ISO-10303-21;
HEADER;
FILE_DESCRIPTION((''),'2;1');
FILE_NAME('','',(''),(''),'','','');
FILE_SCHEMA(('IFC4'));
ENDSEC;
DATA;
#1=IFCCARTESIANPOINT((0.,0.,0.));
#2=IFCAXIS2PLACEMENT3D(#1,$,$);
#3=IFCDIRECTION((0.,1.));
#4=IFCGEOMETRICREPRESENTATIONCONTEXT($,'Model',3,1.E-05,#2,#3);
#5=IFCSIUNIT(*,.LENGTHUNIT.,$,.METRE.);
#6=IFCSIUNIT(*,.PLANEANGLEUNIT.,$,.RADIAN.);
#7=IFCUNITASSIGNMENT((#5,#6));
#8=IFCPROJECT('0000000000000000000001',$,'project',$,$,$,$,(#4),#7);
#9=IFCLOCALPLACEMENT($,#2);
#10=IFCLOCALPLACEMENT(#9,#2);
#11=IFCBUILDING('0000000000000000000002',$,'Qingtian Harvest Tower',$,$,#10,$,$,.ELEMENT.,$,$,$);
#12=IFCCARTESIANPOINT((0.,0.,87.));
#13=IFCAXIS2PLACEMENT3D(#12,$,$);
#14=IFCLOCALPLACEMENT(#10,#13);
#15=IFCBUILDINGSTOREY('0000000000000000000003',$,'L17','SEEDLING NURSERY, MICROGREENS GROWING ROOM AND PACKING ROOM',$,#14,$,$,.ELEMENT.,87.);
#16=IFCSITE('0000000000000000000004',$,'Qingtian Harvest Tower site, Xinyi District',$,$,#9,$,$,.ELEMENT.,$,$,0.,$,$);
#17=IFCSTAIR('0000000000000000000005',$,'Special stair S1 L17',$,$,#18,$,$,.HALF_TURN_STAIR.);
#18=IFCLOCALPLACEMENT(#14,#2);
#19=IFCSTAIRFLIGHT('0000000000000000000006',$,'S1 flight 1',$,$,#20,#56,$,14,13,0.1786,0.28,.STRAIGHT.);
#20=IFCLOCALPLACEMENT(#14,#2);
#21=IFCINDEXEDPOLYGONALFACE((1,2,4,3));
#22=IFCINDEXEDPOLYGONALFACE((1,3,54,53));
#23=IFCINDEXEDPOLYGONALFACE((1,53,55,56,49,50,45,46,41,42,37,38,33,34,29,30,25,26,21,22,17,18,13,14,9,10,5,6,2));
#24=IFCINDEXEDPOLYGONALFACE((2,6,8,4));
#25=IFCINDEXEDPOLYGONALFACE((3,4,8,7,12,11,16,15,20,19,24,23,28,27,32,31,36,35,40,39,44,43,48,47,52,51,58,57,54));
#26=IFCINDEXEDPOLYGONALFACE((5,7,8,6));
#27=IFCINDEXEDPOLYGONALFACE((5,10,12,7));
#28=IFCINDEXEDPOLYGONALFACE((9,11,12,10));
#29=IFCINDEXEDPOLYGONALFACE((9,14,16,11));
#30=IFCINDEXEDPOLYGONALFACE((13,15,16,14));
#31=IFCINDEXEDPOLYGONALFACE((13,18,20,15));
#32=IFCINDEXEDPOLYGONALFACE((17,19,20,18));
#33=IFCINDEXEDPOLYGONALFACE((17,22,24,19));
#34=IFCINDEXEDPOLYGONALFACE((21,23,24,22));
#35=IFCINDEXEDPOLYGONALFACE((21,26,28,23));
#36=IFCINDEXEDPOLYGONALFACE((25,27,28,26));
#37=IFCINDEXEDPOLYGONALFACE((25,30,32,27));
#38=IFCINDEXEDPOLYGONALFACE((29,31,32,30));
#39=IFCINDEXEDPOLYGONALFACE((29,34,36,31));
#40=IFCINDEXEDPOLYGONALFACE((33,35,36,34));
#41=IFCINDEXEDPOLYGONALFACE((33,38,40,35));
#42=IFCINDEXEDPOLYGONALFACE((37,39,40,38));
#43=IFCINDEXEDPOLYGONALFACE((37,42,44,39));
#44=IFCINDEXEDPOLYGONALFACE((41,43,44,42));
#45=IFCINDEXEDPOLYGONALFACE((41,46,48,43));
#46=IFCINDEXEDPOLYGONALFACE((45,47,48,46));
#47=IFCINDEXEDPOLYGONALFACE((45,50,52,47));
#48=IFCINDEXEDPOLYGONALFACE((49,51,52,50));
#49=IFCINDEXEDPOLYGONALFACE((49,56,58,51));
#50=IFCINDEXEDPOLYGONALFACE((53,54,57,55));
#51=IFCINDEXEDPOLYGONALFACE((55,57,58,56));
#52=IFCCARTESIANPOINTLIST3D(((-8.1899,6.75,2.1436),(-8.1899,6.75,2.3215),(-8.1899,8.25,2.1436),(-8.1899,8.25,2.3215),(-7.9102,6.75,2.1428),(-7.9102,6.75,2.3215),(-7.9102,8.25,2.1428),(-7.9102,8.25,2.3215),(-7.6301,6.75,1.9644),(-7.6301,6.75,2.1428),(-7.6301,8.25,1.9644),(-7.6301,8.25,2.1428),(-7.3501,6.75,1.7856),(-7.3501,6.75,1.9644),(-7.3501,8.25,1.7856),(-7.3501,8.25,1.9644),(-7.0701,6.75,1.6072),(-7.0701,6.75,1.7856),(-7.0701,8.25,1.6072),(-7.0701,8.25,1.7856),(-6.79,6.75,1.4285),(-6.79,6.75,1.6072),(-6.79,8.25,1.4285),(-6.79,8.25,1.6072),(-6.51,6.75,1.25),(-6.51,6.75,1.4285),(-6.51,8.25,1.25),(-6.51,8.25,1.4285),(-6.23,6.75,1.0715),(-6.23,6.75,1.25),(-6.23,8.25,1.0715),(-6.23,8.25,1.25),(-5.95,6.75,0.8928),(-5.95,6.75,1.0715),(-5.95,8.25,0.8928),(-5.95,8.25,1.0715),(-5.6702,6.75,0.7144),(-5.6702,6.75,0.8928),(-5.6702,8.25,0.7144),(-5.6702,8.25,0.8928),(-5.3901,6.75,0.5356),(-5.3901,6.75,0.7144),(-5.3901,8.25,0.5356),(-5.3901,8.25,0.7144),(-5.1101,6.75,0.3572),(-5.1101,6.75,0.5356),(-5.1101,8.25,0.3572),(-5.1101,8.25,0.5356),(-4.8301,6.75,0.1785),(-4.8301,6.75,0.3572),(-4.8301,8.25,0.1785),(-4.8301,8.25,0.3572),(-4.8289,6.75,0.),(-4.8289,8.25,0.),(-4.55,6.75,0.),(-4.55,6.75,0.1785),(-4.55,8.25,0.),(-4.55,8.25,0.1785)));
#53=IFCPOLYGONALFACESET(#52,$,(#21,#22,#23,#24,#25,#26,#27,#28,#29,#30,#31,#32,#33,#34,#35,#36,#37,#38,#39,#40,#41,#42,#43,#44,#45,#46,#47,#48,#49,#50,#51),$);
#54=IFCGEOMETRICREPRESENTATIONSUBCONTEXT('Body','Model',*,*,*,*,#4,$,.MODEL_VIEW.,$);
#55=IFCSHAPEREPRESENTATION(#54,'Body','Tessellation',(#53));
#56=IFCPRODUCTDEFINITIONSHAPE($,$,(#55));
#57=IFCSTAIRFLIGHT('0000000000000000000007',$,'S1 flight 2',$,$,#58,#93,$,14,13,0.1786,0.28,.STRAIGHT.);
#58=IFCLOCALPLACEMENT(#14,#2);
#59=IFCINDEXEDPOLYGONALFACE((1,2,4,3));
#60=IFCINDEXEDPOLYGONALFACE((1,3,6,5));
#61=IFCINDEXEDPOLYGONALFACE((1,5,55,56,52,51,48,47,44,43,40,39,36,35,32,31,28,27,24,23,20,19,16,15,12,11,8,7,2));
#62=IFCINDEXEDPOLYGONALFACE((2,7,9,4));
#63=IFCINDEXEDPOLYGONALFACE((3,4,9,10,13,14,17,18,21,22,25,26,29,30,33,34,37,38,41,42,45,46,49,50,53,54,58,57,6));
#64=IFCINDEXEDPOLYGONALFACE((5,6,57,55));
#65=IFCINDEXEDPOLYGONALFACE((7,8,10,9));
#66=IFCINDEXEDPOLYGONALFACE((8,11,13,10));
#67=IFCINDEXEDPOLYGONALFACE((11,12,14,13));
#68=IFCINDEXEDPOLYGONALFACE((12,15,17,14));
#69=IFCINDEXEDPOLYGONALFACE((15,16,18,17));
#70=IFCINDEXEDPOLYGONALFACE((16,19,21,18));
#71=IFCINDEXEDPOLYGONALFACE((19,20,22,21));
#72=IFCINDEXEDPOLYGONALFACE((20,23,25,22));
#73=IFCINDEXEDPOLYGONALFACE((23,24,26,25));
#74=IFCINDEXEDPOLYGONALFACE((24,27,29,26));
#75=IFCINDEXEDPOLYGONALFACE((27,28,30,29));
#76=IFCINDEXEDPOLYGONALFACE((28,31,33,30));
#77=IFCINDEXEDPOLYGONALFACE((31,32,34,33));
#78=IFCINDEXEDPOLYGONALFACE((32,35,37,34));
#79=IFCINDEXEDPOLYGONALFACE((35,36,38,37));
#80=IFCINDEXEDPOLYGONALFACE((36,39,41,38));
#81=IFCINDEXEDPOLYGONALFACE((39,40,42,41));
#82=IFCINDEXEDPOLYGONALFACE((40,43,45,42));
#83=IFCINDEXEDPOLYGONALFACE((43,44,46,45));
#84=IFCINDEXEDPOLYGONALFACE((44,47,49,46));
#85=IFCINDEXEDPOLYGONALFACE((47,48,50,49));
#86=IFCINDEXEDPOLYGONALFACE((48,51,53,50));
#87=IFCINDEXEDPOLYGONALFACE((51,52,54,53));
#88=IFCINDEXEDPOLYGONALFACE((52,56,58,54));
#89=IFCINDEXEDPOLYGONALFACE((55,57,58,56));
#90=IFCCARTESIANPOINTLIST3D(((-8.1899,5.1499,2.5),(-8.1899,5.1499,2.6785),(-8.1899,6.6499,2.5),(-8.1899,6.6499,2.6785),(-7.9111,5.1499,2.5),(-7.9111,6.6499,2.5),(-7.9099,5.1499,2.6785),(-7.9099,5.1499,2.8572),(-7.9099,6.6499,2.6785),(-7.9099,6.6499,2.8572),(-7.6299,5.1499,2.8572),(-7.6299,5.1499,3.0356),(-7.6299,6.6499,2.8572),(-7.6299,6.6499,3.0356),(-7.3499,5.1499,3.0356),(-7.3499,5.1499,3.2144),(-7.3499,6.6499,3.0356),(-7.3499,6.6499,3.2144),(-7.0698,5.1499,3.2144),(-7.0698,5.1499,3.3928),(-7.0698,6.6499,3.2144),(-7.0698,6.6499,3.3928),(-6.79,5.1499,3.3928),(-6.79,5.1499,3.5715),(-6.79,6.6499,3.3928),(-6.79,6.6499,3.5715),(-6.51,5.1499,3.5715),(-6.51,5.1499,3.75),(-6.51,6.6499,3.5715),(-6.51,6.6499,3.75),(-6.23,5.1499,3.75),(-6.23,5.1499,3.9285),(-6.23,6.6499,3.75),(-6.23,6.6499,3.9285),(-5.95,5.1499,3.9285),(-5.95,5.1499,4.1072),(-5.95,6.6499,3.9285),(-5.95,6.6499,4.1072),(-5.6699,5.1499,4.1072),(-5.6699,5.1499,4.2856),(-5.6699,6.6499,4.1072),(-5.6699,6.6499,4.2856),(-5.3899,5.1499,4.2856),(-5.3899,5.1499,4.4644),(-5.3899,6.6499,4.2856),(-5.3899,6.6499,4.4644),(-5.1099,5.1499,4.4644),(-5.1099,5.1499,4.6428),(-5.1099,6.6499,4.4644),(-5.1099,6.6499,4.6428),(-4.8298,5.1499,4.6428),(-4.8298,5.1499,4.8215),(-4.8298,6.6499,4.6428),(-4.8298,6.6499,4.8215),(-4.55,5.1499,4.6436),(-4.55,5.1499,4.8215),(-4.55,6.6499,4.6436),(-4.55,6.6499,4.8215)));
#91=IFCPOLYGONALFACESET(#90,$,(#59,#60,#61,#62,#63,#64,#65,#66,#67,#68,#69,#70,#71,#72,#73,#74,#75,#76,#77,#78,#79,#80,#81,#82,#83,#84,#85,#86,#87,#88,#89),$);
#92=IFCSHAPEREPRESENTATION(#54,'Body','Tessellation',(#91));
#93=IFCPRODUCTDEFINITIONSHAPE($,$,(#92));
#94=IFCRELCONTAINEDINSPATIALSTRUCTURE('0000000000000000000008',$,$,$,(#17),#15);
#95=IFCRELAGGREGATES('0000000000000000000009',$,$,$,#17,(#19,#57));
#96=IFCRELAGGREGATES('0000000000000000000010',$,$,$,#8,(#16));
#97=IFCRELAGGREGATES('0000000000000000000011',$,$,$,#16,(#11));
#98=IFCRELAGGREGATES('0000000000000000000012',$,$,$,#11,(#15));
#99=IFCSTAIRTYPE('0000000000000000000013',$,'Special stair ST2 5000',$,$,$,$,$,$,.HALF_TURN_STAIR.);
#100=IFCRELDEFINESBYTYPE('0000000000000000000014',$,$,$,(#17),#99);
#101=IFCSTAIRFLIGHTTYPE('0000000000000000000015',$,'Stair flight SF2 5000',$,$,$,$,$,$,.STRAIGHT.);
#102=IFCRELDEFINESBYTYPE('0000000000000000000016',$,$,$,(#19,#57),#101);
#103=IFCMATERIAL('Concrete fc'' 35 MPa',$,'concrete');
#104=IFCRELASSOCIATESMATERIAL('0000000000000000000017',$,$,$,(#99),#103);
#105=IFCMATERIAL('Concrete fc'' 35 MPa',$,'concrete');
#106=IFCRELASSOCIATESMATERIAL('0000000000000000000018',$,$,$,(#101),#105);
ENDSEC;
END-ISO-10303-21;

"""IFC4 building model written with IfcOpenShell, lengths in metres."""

from ifc_helpers import new_model, si_unit, direction, frame, origin, place, context, subcontext, project, spatial, polyline, outline, extrude, material, type_object, element, aggregate, save


model = new_model("IFC4")

# Units and contexts
model_context = context("Model", 3, precision=1e-05, world=origin(), true_north=direction((0.0, 1.0)))
body_context = subcontext(model_context, "Body", "Model", "MODEL_VIEW")
ifc_project = project(units=[si_unit("LENGTHUNIT", "METRE"), si_unit("PLANEANGLEUNIT", "RADIAN")], contexts=[model_context])

# Site, building, storey
site_placement = place(None, origin())
site = spatial("IfcSite", under=ifc_project, at=site_placement, Name="Qingtian Harvest Tower site, Xinyi District", CompositionType="ELEMENT", RefElevation=0.0)
building_placement = place(site_placement, origin())
building = spatial("IfcBuilding", under=site, at=building_placement, Name="Qingtian Harvest Tower", CompositionType="ELEMENT")
storey_placement = place(building_placement, frame((0.0, 0.0, 87.0)))
storey = spatial("IfcBuildingStorey", under=building, at=storey_placement, Name="L17", Description="SEEDLING NURSERY, MICROGREENS GROWING ROOM AND PACKING ROOM", CompositionType="ELEMENT", Elevation=87.0)

# Stair, stair flights
ifc_material_1 = material(Name="Concrete fc' 35 MPa", Category="concrete")
stair_type = type_object("IfcStairType", Name="Special stair ST2 5000", PredefinedType="HALF_TURN_STAIR", material=ifc_material_1)
stair_placement = place(storey_placement, origin())
stair = element("IfcStair", 1, at=stair_placement, inside=storey, type_object=stair_type, Name="Special stair S1 L17", PredefinedType="HALF_TURN_STAIR")
ifc_material_2 = material(Name="Concrete fc' 35 MPa", Category="concrete")
stair_flight_type = type_object("IfcStairFlightType", Name="Stair flight SF2 5000", PredefinedType="STRAIGHT", material=ifc_material_2)
stair_flight_1_placement = place(storey_placement, frame((-4.55, 7.5, 0.0), z_axis=(0.0, 0.0, 1.0), x_axis=(-1.0, 0.0, 0.0)))
stair_flight_1 = element("IfcStairFlight", 2, at=stair_flight_1_placement, type_object=stair_flight_type, Name="S1 flight 1", NumberOfRisers=14, NumberOfTreads=13, PredefinedType="STRAIGHT", RiserHeight=0.1786, TreadLength=0.28, context=body_context, shape_type="SweptSolid", body=[
    extrude(outline(polyline([(0.0, 0.0), (0.0, 0.1785), (0.28, 0.1785), (0.28, 0.3572), (0.5601, 0.3572), (0.5601, 0.5356), (0.8401, 0.5356), (0.8401, 0.7144), (1.1201, 0.7144), (1.1201, 0.8928), (1.3999, 0.8928), (1.3999, 1.0715), (1.6799, 1.0715), (1.6799, 1.25), (1.96, 1.25), (1.96, 1.4285), (2.24, 1.4285), (2.24, 1.6072), (2.52, 1.6072), (2.52, 1.7856), (2.8, 1.7856), (2.8, 1.9644), (3.0801, 1.9644), (3.0801, 2.1428), (3.3601, 2.1428), (3.3601, 2.3215), (3.6399, 2.3215), (3.6399, 2.5), (3.6399, 2.1436), (0.2788, 0.0), (0.0, 0.0)])), frame((0.0, 0.75, 0.0), z_axis=(0.0, -1.0, 0.0), x_axis=(1.0, 0.0, 0.0)), (0.0, 0.0, 1.0), 1.5),
])
stair_flight_2_placement = place(storey_placement, frame((-8.1899, 5.8999, 2.5), z_axis=(0.0, 0.0, 1.0), x_axis=(1.0, 0.0, 0.0)))
stair_flight_2 = element("IfcStairFlight", 3, at=stair_flight_2_placement, type_object=stair_flight_type, Name="S1 flight 2", NumberOfRisers=14, NumberOfTreads=13, PredefinedType="STRAIGHT", RiserHeight=0.1786, TreadLength=0.28, context=body_context, shape_type="SweptSolid", body=[
    extrude(outline(polyline([(0.0, 0.0), (0.0, 0.1785), (0.28, 0.1785), (0.28, 0.3572), (0.5601, 0.3572), (0.5601, 0.5356), (0.8401, 0.5356), (0.8401, 0.7144), (1.1201, 0.7144), (1.1201, 0.8928), (1.3999, 0.8928), (1.3999, 1.0715), (1.6799, 1.0715), (1.6799, 1.25), (1.96, 1.25), (1.96, 1.4285), (2.24, 1.4285), (2.24, 1.6072), (2.52, 1.6072), (2.52, 1.7856), (2.8, 1.7856), (2.8, 1.9644), (3.0801, 1.9644), (3.0801, 2.1428), (3.3601, 2.1428), (3.3601, 2.3215), (3.6399, 2.3215), (3.6399, 2.5), (3.6399, 2.1436), (0.2788, 0.0), (0.0, 0.0)])), frame((0.0, 0.75, 0.0), z_axis=(0.0, -1.0, 0.0), x_axis=(1.0, 0.0, 0.0)), (0.0, 0.0, 1.0), 1.5),
])
aggregate(stair, [stair_flight_1, stair_flight_2])

save(model, "model.ifc")
